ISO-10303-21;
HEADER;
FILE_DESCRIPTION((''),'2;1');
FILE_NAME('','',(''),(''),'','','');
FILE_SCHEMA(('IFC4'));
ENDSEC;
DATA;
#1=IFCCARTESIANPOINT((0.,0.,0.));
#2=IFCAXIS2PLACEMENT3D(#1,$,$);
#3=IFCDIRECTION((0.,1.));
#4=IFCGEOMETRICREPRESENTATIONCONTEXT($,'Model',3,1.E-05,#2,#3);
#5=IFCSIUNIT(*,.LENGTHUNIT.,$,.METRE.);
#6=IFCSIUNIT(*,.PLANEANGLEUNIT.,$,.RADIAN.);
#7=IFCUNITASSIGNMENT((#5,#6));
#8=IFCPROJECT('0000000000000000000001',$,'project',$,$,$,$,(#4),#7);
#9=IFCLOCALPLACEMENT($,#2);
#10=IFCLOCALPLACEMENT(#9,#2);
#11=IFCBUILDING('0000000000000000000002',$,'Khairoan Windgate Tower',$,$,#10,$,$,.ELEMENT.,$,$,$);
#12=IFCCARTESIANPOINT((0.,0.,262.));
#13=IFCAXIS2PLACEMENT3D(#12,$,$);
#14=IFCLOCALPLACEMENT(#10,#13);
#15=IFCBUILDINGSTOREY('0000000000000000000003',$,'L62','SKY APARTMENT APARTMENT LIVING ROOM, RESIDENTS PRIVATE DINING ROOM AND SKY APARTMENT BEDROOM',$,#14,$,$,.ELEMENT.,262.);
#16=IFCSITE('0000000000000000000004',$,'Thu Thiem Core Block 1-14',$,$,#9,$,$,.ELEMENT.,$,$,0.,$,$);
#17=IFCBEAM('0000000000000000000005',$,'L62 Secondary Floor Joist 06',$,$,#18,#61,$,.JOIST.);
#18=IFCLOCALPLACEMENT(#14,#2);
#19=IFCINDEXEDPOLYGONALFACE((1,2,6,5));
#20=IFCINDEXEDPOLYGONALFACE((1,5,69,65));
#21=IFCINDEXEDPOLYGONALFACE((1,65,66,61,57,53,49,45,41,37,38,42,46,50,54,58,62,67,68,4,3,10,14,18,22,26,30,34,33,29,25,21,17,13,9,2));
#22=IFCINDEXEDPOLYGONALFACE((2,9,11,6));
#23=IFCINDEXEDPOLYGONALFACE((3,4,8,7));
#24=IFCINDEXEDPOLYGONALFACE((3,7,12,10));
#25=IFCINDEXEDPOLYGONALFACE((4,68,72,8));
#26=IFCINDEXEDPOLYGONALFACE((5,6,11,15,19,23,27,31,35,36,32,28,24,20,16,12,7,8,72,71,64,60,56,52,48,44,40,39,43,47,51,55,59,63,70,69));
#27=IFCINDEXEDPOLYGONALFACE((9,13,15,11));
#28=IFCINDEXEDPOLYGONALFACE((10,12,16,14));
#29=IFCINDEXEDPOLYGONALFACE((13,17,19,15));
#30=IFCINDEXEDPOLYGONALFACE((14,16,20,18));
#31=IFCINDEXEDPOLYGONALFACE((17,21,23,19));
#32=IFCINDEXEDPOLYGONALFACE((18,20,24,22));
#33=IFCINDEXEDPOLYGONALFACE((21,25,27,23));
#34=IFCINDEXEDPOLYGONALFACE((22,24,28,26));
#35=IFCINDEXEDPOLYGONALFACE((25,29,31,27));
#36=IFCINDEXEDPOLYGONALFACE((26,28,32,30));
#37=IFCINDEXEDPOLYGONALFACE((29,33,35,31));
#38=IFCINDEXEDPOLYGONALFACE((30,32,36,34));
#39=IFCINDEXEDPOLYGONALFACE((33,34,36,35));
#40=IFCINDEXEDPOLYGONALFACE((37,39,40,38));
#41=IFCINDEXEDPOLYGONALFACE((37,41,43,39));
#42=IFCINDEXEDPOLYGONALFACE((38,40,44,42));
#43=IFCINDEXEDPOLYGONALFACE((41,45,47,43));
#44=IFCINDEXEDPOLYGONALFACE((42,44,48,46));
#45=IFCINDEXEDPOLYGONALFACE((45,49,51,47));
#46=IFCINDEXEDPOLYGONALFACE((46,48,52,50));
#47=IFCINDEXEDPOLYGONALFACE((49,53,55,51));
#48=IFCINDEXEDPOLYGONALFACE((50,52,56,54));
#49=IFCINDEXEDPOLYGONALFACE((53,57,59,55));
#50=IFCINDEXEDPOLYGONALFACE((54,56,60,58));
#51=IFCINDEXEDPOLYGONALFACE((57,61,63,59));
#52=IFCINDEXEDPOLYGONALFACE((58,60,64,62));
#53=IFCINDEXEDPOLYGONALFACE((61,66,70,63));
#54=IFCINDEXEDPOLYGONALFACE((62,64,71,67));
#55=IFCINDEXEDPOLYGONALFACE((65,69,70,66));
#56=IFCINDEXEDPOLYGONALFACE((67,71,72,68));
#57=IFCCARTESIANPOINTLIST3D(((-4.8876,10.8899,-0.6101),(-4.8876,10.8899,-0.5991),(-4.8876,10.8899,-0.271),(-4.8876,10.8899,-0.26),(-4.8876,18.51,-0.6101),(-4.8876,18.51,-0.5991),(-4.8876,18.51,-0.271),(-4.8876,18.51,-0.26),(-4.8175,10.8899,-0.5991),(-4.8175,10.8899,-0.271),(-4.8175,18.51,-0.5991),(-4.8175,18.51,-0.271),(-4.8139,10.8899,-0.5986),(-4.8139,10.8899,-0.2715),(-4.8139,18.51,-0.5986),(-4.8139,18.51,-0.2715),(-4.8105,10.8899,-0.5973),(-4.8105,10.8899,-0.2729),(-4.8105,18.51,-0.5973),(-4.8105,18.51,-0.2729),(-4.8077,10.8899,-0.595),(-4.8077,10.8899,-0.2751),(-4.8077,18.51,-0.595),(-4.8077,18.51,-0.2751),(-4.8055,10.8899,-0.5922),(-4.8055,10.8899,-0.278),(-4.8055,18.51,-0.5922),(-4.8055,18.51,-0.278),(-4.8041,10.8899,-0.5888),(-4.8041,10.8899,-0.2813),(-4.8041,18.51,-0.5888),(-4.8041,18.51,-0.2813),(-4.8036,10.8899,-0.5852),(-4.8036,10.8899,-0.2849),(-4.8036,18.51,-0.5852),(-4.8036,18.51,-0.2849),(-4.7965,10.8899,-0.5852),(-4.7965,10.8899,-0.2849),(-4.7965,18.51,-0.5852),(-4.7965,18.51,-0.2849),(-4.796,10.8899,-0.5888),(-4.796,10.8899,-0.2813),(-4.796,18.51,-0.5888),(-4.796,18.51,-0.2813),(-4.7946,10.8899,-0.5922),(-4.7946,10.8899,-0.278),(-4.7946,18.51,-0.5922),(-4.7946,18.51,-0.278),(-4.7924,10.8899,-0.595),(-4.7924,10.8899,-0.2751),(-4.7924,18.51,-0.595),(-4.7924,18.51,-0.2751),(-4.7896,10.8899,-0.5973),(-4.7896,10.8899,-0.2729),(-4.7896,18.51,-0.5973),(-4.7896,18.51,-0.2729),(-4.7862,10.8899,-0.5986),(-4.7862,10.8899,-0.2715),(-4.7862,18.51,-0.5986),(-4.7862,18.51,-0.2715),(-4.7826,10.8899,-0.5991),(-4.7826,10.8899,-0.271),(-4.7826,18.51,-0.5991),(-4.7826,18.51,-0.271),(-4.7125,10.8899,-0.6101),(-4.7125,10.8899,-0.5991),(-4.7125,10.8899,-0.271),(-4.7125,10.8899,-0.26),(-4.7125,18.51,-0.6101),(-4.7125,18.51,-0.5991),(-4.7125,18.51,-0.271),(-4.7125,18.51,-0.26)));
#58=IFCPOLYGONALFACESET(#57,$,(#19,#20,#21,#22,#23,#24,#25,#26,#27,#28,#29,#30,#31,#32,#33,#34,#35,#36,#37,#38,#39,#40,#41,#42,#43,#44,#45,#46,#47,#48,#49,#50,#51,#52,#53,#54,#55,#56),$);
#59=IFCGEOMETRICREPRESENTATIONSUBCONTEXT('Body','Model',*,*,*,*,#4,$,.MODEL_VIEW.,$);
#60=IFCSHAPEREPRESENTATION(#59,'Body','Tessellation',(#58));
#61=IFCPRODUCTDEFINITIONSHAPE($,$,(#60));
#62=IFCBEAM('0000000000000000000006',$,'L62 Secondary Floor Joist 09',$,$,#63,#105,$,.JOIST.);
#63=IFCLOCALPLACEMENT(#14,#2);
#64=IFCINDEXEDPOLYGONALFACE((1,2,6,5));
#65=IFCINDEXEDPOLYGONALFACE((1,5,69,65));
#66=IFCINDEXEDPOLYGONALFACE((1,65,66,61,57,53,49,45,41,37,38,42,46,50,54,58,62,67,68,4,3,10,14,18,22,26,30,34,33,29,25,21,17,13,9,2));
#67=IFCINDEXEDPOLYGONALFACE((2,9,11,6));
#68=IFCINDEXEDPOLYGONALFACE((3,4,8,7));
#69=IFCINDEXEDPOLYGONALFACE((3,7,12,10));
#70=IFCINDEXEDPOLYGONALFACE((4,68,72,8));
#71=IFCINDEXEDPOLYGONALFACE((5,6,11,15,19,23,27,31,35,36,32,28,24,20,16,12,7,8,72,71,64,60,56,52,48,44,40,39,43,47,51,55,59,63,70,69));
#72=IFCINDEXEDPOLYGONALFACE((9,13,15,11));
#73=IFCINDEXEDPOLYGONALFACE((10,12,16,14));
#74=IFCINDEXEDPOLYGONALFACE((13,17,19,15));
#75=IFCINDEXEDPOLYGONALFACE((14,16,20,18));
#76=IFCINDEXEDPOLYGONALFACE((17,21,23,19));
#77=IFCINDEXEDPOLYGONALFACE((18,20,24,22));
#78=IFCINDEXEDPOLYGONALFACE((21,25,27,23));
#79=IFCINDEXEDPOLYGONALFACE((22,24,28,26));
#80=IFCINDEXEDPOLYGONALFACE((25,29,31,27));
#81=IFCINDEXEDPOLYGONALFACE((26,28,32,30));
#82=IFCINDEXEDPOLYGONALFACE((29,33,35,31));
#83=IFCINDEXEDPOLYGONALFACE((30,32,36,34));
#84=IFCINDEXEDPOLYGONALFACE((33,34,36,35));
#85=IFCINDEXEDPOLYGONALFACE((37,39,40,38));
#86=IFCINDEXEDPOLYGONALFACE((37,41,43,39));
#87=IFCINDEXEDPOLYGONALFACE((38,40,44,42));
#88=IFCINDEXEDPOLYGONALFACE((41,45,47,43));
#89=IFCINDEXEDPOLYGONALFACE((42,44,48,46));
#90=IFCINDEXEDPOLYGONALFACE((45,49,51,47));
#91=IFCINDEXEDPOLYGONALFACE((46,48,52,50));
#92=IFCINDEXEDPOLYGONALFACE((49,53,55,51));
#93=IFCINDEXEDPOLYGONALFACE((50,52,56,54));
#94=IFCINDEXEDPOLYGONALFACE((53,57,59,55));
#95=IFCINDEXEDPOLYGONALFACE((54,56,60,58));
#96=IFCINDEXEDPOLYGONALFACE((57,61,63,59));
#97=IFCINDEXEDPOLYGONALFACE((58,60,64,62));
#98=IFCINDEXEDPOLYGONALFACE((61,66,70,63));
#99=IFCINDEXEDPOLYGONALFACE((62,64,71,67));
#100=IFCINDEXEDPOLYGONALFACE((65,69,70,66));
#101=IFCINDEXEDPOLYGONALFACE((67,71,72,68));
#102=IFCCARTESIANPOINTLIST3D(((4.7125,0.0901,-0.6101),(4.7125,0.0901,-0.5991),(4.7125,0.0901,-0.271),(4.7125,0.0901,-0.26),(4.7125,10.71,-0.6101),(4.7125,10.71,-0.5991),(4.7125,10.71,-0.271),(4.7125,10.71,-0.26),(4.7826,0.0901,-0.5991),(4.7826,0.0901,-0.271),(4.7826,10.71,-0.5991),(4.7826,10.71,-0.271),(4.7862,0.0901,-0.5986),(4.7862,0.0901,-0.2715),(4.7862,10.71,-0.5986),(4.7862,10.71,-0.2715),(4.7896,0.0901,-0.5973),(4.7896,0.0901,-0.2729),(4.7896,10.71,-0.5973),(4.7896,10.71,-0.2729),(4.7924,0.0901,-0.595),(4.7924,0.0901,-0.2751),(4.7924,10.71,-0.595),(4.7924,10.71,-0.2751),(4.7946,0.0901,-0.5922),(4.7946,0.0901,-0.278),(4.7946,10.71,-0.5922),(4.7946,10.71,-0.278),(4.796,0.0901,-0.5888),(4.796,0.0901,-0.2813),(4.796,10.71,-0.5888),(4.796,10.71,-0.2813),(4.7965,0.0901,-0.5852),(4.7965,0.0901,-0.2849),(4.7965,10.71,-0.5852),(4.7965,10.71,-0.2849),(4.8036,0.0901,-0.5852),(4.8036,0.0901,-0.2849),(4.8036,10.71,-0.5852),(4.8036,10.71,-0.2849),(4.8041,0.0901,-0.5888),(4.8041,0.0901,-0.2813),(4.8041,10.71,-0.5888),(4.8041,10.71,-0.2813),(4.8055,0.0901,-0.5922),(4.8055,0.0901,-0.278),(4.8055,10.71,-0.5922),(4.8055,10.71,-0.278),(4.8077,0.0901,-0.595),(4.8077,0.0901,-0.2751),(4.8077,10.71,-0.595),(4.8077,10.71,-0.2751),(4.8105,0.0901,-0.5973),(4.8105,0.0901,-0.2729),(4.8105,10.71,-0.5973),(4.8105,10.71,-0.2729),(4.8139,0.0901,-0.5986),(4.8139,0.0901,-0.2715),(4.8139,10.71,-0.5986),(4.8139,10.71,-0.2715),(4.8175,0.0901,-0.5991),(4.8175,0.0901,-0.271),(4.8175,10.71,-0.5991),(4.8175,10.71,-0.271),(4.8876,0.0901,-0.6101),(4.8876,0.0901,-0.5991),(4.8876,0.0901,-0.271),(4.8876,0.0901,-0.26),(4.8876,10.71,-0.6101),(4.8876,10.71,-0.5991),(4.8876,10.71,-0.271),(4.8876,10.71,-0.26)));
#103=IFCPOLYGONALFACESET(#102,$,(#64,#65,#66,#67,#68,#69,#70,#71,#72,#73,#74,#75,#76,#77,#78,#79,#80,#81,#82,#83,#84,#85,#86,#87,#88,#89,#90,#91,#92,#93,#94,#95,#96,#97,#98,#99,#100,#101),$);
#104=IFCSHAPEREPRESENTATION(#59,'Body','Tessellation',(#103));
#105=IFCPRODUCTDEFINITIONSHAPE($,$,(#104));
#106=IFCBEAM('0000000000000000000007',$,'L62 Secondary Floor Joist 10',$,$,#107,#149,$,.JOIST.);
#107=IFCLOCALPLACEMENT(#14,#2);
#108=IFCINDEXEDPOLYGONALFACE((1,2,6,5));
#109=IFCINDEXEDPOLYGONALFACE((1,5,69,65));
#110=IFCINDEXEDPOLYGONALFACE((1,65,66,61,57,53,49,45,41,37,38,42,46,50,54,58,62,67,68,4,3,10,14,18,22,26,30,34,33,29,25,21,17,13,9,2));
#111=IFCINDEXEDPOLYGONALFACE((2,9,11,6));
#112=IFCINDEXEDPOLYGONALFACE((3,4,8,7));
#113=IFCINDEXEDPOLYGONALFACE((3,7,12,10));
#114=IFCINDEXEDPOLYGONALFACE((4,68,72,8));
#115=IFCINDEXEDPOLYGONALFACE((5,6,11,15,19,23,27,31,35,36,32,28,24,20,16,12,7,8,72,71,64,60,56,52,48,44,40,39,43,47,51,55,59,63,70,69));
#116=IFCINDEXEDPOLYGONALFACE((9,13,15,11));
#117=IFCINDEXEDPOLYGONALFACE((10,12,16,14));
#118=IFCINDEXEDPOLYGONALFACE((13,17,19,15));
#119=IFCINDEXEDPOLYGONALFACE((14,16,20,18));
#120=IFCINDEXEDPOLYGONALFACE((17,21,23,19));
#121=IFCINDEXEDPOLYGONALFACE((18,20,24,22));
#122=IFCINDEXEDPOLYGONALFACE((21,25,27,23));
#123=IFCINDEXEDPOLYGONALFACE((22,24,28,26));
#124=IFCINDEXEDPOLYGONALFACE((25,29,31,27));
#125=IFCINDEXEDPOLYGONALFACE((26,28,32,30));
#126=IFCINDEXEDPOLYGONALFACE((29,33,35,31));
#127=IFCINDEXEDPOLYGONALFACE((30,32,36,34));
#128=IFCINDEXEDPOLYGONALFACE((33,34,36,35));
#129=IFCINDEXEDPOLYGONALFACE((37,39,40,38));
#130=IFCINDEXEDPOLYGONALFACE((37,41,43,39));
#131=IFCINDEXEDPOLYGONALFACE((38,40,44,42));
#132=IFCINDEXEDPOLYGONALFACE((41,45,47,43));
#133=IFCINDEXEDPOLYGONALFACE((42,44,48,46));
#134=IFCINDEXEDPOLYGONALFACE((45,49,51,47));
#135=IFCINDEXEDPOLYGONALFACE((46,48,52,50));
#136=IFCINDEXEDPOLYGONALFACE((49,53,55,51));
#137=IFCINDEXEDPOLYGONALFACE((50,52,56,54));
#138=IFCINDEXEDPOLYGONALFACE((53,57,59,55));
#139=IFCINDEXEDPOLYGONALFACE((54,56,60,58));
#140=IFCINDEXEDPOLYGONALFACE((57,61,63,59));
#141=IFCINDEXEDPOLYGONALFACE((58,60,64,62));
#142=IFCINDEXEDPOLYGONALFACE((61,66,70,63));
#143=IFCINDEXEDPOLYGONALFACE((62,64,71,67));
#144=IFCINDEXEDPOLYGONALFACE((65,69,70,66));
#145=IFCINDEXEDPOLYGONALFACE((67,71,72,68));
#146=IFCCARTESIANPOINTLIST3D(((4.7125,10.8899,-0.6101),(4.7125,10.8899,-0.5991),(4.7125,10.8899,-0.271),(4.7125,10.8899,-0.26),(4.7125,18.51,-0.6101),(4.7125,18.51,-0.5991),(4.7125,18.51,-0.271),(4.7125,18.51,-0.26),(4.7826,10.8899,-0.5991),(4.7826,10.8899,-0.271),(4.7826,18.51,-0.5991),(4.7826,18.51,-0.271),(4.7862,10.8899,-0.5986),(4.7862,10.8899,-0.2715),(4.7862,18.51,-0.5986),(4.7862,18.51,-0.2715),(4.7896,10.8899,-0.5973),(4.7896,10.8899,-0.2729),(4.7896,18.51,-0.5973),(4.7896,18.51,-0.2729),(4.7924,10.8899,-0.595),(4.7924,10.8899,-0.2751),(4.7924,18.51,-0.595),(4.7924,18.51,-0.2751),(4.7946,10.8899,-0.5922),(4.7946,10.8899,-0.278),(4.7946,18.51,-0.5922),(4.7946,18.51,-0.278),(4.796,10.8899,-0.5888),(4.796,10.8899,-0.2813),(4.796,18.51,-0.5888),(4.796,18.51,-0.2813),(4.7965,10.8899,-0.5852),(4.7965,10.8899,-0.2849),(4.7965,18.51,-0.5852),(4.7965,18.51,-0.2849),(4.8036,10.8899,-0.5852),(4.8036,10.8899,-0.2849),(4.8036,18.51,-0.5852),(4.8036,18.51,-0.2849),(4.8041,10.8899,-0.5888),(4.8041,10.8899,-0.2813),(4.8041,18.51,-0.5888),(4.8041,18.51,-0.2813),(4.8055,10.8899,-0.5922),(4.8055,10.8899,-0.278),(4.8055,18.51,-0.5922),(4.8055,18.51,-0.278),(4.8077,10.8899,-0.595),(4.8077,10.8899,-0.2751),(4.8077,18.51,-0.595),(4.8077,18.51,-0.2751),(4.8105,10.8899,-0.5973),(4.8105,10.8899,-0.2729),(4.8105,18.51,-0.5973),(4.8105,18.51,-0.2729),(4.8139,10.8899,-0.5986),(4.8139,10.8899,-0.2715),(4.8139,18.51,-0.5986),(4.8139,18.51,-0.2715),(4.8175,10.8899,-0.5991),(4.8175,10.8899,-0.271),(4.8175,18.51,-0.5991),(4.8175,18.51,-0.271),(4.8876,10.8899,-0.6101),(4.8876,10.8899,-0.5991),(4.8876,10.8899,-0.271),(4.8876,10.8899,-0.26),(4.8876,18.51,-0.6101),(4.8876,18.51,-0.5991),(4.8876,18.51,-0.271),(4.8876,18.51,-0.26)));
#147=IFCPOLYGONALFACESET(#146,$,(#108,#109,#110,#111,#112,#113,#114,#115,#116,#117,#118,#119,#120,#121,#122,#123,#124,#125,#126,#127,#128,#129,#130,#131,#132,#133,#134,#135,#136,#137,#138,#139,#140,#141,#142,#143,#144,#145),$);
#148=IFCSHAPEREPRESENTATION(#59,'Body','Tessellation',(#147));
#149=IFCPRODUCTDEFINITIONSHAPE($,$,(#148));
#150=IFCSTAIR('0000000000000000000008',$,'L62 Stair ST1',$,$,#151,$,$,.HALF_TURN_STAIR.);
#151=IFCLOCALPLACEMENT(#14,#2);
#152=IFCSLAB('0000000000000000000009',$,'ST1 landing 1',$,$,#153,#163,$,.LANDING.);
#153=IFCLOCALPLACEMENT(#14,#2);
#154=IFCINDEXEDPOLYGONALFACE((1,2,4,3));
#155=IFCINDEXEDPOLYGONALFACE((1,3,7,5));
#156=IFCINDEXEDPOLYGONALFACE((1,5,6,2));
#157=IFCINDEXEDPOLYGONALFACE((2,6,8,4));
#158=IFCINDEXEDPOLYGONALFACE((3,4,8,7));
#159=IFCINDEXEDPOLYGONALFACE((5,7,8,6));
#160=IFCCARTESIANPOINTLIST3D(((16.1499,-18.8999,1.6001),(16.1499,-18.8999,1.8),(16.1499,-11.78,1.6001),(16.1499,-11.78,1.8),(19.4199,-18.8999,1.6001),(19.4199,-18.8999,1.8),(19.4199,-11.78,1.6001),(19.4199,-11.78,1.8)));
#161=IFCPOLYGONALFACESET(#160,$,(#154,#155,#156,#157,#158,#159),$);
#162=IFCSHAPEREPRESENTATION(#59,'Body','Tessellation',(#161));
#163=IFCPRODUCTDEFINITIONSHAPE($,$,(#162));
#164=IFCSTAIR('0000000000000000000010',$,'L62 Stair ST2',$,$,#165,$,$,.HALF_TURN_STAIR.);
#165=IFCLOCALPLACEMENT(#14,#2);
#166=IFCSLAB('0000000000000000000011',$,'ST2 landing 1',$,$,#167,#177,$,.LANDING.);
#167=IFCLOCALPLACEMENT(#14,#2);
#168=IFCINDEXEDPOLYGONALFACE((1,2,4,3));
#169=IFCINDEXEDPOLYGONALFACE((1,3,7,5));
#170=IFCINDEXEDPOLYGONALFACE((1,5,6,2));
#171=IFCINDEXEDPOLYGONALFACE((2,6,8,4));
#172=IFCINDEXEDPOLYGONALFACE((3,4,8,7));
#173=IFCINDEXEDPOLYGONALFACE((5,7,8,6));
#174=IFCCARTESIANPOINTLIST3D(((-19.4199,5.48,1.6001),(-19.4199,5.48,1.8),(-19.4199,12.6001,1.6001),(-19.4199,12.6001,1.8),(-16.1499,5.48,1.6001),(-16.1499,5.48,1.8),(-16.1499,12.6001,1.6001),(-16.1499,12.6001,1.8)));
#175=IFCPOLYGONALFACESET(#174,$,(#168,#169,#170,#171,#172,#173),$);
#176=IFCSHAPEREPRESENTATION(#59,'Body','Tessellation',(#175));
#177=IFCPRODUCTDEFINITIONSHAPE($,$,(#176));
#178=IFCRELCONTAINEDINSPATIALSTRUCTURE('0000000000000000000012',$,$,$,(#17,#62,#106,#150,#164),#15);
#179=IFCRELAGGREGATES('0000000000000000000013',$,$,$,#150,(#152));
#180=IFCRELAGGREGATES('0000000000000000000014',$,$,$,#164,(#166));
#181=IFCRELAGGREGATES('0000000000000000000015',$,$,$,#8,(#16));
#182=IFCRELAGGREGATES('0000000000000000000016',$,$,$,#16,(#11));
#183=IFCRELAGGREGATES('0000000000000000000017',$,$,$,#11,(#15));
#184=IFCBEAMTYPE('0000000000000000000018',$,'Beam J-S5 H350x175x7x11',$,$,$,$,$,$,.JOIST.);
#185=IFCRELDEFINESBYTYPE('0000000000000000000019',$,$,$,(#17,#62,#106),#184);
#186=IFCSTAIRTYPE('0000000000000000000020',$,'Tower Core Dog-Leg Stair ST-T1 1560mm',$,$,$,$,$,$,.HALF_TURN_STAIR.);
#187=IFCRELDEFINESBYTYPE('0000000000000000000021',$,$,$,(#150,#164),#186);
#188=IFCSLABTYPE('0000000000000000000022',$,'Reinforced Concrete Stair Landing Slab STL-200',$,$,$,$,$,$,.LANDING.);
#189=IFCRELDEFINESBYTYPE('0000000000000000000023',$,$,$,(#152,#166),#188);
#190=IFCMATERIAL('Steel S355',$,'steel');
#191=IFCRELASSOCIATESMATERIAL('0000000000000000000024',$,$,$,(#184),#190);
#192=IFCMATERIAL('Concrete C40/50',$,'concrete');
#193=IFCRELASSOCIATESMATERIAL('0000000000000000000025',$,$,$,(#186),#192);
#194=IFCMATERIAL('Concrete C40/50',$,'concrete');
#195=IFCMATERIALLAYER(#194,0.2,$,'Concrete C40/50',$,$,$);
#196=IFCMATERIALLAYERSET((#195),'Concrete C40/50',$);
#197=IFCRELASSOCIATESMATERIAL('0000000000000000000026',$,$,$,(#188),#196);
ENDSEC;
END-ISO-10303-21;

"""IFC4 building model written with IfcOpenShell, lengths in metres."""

from ifc_helpers import new_model, si_unit, direction, frame, origin, origin_2d, place, context, subcontext, project, spatial, polyline, i_section, outline, extrude, material, layer, layer_set, material_profile, profile_set, type_object, element, aggregate, save


model = new_model("IFC4")

# Units and contexts
model_context = context("Model", 3, precision=1e-05, world=origin(), true_north=direction((0.0, 1.0)))
body_context = subcontext(model_context, "Body", "Model", "MODEL_VIEW")
ifc_project = project(units=[si_unit("LENGTHUNIT", "METRE"), si_unit("PLANEANGLEUNIT", "RADIAN")], contexts=[model_context])

# Site, building, storey
site_placement = place(None, origin())
site = spatial("IfcSite", under=ifc_project, at=site_placement, Name="Thu Thiem Core Block 1-14", CompositionType="ELEMENT", RefElevation=0.0)
building_placement = place(site_placement, origin())
building = spatial("IfcBuilding", under=site, at=building_placement, Name="Khairoan Windgate Tower", CompositionType="ELEMENT")
storey_placement = place(building_placement, frame((0.0, 0.0, 262.0)))
storey = spatial("IfcBuildingStorey", under=building, at=storey_placement, Name="L62", Description="SKY APARTMENT APARTMENT LIVING ROOM, RESIDENTS PRIVATE DINING ROOM AND SKY APARTMENT BEDROOM", CompositionType="ELEMENT", Elevation=262.0)

# Beams
ifc_material_1 = material(Name="Steel S355", Category="steel")
ifc_material_profile_1 = material_profile(ifc_material_1, i_section(OverallWidth=0.175, OverallDepth=0.3501, WebThickness=0.0071, FlangeThickness=0.011, FilletRadius=0.0139, at=origin_2d()))
ifc_profile_set_1 = profile_set([ifc_material_profile_1], Name="Steel S355")
beam_type_1 = type_object("IfcBeamType", Name="Beam J-S5 H350x175x7x11", PredefinedType="JOIST", material=ifc_profile_set_1)
beam_1_placement = place(storey_placement, frame((-4.8, 10.8899, -0.4351), z_axis=(0.0, 1.0, 0.0), x_axis=(-1.0, 0.0, 0.0)))
element("IfcBeam", 1, at=beam_1_placement, inside=storey, type_object=beam_type_1, Name="L62 Secondary Floor Joist 06", PredefinedType="JOIST", context=body_context, shape_type="SweptSolid", body=[
    extrude(i_section(OverallWidth=0.175, OverallDepth=0.3501, WebThickness=0.0071, FlangeThickness=0.011, FilletRadius=0.0139, at=origin_2d()), origin(), (0.0, 0.0, 1.0), 7.6201),
])
beam_2_placement = place(storey_placement, frame((4.8, 0.0901, -0.4351), z_axis=(0.0, 1.0, 0.0), x_axis=(-1.0, 0.0, 0.0)))
element("IfcBeam", 2, at=beam_2_placement, inside=storey, type_object=beam_type_1, Name="L62 Secondary Floor Joist 09", PredefinedType="JOIST", context=body_context, shape_type="SweptSolid", body=[
    extrude(i_section(OverallWidth=0.175, OverallDepth=0.3501, WebThickness=0.0071, FlangeThickness=0.011, FilletRadius=0.0139, at=origin_2d()), origin(), (0.0, 0.0, 1.0), 10.6199),
])
beam_3_placement = place(storey_placement, frame((4.8, 10.8899, -0.4351), z_axis=(0.0, 1.0, 0.0), x_axis=(-1.0, 0.0, 0.0)))
element("IfcBeam", 3, at=beam_3_placement, inside=storey, type_object=beam_type_1, Name="L62 Secondary Floor Joist 10", PredefinedType="JOIST", context=body_context, shape_type="SweptSolid", body=[
    extrude(i_section(OverallWidth=0.175, OverallDepth=0.3501, WebThickness=0.0071, FlangeThickness=0.011, FilletRadius=0.0139, at=origin_2d()), origin(), (0.0, 0.0, 1.0), 7.6201),
])

# Stairs, slabs
ifc_material_2 = material(Name="Concrete C40/50", Category="concrete")
stair_type = type_object("IfcStairType", Name="Tower Core Dog-Leg Stair ST-T1 1560mm", PredefinedType="HALF_TURN_STAIR", material=ifc_material_2)
stair_1_placement = place(storey_placement, origin())
stair_1 = element("IfcStair", 4, at=stair_1_placement, inside=storey, type_object=stair_type, Name="L62 Stair ST1", PredefinedType="HALF_TURN_STAIR")
ifc_material_3 = material(Name="Concrete C40/50", Category="concrete")
ifc_layer_1 = layer(ifc_material_3, 0.2, Name="Concrete C40/50")
ifc_layer_set_1 = layer_set([ifc_layer_1], Name="Concrete C40/50")
slab_type_1 = type_object("IfcSlabType", Name="Reinforced Concrete Stair Landing Slab STL-200", PredefinedType="LANDING", material=ifc_layer_set_1)
slab_1_placement = place(storey_placement, frame((0.0, 0.0, 1.6001)))
slab_1 = element("IfcSlab", 5, at=slab_1_placement, type_object=slab_type_1, Name="ST1 landing 1", PredefinedType="LANDING", context=body_context, shape_type="SweptSolid", body=[
    extrude(outline(polyline([(16.1499, -11.78), (16.1499, -18.8999), (19.4199, -18.8999), (19.4199, -11.78), (16.1499, -11.78)])), origin(), (0.0, 0.0, 1.0), 0.2),
])
aggregate(stair_1, [slab_1])
stair_2_placement = place(storey_placement, origin())
stair_2 = element("IfcStair", 6, at=stair_2_placement, inside=storey, type_object=stair_type, Name="L62 Stair ST2", PredefinedType="HALF_TURN_STAIR")
slab_2_placement = place(storey_placement, frame((0.0, 0.0, 1.6001)))
slab_2 = element("IfcSlab", 7, at=slab_2_placement, type_object=slab_type_1, Name="ST2 landing 1", PredefinedType="LANDING", context=body_context, shape_type="SweptSolid", body=[
    extrude(outline(polyline([(-16.1499, 5.48), (-16.1499, 12.6001), (-19.4199, 12.6001), (-19.4199, 5.48), (-16.1499, 5.48)])), origin(), (0.0, 0.0, 1.0), 0.2),
])
aggregate(stair_2, [slab_2])

save(model, "model.ifc")
